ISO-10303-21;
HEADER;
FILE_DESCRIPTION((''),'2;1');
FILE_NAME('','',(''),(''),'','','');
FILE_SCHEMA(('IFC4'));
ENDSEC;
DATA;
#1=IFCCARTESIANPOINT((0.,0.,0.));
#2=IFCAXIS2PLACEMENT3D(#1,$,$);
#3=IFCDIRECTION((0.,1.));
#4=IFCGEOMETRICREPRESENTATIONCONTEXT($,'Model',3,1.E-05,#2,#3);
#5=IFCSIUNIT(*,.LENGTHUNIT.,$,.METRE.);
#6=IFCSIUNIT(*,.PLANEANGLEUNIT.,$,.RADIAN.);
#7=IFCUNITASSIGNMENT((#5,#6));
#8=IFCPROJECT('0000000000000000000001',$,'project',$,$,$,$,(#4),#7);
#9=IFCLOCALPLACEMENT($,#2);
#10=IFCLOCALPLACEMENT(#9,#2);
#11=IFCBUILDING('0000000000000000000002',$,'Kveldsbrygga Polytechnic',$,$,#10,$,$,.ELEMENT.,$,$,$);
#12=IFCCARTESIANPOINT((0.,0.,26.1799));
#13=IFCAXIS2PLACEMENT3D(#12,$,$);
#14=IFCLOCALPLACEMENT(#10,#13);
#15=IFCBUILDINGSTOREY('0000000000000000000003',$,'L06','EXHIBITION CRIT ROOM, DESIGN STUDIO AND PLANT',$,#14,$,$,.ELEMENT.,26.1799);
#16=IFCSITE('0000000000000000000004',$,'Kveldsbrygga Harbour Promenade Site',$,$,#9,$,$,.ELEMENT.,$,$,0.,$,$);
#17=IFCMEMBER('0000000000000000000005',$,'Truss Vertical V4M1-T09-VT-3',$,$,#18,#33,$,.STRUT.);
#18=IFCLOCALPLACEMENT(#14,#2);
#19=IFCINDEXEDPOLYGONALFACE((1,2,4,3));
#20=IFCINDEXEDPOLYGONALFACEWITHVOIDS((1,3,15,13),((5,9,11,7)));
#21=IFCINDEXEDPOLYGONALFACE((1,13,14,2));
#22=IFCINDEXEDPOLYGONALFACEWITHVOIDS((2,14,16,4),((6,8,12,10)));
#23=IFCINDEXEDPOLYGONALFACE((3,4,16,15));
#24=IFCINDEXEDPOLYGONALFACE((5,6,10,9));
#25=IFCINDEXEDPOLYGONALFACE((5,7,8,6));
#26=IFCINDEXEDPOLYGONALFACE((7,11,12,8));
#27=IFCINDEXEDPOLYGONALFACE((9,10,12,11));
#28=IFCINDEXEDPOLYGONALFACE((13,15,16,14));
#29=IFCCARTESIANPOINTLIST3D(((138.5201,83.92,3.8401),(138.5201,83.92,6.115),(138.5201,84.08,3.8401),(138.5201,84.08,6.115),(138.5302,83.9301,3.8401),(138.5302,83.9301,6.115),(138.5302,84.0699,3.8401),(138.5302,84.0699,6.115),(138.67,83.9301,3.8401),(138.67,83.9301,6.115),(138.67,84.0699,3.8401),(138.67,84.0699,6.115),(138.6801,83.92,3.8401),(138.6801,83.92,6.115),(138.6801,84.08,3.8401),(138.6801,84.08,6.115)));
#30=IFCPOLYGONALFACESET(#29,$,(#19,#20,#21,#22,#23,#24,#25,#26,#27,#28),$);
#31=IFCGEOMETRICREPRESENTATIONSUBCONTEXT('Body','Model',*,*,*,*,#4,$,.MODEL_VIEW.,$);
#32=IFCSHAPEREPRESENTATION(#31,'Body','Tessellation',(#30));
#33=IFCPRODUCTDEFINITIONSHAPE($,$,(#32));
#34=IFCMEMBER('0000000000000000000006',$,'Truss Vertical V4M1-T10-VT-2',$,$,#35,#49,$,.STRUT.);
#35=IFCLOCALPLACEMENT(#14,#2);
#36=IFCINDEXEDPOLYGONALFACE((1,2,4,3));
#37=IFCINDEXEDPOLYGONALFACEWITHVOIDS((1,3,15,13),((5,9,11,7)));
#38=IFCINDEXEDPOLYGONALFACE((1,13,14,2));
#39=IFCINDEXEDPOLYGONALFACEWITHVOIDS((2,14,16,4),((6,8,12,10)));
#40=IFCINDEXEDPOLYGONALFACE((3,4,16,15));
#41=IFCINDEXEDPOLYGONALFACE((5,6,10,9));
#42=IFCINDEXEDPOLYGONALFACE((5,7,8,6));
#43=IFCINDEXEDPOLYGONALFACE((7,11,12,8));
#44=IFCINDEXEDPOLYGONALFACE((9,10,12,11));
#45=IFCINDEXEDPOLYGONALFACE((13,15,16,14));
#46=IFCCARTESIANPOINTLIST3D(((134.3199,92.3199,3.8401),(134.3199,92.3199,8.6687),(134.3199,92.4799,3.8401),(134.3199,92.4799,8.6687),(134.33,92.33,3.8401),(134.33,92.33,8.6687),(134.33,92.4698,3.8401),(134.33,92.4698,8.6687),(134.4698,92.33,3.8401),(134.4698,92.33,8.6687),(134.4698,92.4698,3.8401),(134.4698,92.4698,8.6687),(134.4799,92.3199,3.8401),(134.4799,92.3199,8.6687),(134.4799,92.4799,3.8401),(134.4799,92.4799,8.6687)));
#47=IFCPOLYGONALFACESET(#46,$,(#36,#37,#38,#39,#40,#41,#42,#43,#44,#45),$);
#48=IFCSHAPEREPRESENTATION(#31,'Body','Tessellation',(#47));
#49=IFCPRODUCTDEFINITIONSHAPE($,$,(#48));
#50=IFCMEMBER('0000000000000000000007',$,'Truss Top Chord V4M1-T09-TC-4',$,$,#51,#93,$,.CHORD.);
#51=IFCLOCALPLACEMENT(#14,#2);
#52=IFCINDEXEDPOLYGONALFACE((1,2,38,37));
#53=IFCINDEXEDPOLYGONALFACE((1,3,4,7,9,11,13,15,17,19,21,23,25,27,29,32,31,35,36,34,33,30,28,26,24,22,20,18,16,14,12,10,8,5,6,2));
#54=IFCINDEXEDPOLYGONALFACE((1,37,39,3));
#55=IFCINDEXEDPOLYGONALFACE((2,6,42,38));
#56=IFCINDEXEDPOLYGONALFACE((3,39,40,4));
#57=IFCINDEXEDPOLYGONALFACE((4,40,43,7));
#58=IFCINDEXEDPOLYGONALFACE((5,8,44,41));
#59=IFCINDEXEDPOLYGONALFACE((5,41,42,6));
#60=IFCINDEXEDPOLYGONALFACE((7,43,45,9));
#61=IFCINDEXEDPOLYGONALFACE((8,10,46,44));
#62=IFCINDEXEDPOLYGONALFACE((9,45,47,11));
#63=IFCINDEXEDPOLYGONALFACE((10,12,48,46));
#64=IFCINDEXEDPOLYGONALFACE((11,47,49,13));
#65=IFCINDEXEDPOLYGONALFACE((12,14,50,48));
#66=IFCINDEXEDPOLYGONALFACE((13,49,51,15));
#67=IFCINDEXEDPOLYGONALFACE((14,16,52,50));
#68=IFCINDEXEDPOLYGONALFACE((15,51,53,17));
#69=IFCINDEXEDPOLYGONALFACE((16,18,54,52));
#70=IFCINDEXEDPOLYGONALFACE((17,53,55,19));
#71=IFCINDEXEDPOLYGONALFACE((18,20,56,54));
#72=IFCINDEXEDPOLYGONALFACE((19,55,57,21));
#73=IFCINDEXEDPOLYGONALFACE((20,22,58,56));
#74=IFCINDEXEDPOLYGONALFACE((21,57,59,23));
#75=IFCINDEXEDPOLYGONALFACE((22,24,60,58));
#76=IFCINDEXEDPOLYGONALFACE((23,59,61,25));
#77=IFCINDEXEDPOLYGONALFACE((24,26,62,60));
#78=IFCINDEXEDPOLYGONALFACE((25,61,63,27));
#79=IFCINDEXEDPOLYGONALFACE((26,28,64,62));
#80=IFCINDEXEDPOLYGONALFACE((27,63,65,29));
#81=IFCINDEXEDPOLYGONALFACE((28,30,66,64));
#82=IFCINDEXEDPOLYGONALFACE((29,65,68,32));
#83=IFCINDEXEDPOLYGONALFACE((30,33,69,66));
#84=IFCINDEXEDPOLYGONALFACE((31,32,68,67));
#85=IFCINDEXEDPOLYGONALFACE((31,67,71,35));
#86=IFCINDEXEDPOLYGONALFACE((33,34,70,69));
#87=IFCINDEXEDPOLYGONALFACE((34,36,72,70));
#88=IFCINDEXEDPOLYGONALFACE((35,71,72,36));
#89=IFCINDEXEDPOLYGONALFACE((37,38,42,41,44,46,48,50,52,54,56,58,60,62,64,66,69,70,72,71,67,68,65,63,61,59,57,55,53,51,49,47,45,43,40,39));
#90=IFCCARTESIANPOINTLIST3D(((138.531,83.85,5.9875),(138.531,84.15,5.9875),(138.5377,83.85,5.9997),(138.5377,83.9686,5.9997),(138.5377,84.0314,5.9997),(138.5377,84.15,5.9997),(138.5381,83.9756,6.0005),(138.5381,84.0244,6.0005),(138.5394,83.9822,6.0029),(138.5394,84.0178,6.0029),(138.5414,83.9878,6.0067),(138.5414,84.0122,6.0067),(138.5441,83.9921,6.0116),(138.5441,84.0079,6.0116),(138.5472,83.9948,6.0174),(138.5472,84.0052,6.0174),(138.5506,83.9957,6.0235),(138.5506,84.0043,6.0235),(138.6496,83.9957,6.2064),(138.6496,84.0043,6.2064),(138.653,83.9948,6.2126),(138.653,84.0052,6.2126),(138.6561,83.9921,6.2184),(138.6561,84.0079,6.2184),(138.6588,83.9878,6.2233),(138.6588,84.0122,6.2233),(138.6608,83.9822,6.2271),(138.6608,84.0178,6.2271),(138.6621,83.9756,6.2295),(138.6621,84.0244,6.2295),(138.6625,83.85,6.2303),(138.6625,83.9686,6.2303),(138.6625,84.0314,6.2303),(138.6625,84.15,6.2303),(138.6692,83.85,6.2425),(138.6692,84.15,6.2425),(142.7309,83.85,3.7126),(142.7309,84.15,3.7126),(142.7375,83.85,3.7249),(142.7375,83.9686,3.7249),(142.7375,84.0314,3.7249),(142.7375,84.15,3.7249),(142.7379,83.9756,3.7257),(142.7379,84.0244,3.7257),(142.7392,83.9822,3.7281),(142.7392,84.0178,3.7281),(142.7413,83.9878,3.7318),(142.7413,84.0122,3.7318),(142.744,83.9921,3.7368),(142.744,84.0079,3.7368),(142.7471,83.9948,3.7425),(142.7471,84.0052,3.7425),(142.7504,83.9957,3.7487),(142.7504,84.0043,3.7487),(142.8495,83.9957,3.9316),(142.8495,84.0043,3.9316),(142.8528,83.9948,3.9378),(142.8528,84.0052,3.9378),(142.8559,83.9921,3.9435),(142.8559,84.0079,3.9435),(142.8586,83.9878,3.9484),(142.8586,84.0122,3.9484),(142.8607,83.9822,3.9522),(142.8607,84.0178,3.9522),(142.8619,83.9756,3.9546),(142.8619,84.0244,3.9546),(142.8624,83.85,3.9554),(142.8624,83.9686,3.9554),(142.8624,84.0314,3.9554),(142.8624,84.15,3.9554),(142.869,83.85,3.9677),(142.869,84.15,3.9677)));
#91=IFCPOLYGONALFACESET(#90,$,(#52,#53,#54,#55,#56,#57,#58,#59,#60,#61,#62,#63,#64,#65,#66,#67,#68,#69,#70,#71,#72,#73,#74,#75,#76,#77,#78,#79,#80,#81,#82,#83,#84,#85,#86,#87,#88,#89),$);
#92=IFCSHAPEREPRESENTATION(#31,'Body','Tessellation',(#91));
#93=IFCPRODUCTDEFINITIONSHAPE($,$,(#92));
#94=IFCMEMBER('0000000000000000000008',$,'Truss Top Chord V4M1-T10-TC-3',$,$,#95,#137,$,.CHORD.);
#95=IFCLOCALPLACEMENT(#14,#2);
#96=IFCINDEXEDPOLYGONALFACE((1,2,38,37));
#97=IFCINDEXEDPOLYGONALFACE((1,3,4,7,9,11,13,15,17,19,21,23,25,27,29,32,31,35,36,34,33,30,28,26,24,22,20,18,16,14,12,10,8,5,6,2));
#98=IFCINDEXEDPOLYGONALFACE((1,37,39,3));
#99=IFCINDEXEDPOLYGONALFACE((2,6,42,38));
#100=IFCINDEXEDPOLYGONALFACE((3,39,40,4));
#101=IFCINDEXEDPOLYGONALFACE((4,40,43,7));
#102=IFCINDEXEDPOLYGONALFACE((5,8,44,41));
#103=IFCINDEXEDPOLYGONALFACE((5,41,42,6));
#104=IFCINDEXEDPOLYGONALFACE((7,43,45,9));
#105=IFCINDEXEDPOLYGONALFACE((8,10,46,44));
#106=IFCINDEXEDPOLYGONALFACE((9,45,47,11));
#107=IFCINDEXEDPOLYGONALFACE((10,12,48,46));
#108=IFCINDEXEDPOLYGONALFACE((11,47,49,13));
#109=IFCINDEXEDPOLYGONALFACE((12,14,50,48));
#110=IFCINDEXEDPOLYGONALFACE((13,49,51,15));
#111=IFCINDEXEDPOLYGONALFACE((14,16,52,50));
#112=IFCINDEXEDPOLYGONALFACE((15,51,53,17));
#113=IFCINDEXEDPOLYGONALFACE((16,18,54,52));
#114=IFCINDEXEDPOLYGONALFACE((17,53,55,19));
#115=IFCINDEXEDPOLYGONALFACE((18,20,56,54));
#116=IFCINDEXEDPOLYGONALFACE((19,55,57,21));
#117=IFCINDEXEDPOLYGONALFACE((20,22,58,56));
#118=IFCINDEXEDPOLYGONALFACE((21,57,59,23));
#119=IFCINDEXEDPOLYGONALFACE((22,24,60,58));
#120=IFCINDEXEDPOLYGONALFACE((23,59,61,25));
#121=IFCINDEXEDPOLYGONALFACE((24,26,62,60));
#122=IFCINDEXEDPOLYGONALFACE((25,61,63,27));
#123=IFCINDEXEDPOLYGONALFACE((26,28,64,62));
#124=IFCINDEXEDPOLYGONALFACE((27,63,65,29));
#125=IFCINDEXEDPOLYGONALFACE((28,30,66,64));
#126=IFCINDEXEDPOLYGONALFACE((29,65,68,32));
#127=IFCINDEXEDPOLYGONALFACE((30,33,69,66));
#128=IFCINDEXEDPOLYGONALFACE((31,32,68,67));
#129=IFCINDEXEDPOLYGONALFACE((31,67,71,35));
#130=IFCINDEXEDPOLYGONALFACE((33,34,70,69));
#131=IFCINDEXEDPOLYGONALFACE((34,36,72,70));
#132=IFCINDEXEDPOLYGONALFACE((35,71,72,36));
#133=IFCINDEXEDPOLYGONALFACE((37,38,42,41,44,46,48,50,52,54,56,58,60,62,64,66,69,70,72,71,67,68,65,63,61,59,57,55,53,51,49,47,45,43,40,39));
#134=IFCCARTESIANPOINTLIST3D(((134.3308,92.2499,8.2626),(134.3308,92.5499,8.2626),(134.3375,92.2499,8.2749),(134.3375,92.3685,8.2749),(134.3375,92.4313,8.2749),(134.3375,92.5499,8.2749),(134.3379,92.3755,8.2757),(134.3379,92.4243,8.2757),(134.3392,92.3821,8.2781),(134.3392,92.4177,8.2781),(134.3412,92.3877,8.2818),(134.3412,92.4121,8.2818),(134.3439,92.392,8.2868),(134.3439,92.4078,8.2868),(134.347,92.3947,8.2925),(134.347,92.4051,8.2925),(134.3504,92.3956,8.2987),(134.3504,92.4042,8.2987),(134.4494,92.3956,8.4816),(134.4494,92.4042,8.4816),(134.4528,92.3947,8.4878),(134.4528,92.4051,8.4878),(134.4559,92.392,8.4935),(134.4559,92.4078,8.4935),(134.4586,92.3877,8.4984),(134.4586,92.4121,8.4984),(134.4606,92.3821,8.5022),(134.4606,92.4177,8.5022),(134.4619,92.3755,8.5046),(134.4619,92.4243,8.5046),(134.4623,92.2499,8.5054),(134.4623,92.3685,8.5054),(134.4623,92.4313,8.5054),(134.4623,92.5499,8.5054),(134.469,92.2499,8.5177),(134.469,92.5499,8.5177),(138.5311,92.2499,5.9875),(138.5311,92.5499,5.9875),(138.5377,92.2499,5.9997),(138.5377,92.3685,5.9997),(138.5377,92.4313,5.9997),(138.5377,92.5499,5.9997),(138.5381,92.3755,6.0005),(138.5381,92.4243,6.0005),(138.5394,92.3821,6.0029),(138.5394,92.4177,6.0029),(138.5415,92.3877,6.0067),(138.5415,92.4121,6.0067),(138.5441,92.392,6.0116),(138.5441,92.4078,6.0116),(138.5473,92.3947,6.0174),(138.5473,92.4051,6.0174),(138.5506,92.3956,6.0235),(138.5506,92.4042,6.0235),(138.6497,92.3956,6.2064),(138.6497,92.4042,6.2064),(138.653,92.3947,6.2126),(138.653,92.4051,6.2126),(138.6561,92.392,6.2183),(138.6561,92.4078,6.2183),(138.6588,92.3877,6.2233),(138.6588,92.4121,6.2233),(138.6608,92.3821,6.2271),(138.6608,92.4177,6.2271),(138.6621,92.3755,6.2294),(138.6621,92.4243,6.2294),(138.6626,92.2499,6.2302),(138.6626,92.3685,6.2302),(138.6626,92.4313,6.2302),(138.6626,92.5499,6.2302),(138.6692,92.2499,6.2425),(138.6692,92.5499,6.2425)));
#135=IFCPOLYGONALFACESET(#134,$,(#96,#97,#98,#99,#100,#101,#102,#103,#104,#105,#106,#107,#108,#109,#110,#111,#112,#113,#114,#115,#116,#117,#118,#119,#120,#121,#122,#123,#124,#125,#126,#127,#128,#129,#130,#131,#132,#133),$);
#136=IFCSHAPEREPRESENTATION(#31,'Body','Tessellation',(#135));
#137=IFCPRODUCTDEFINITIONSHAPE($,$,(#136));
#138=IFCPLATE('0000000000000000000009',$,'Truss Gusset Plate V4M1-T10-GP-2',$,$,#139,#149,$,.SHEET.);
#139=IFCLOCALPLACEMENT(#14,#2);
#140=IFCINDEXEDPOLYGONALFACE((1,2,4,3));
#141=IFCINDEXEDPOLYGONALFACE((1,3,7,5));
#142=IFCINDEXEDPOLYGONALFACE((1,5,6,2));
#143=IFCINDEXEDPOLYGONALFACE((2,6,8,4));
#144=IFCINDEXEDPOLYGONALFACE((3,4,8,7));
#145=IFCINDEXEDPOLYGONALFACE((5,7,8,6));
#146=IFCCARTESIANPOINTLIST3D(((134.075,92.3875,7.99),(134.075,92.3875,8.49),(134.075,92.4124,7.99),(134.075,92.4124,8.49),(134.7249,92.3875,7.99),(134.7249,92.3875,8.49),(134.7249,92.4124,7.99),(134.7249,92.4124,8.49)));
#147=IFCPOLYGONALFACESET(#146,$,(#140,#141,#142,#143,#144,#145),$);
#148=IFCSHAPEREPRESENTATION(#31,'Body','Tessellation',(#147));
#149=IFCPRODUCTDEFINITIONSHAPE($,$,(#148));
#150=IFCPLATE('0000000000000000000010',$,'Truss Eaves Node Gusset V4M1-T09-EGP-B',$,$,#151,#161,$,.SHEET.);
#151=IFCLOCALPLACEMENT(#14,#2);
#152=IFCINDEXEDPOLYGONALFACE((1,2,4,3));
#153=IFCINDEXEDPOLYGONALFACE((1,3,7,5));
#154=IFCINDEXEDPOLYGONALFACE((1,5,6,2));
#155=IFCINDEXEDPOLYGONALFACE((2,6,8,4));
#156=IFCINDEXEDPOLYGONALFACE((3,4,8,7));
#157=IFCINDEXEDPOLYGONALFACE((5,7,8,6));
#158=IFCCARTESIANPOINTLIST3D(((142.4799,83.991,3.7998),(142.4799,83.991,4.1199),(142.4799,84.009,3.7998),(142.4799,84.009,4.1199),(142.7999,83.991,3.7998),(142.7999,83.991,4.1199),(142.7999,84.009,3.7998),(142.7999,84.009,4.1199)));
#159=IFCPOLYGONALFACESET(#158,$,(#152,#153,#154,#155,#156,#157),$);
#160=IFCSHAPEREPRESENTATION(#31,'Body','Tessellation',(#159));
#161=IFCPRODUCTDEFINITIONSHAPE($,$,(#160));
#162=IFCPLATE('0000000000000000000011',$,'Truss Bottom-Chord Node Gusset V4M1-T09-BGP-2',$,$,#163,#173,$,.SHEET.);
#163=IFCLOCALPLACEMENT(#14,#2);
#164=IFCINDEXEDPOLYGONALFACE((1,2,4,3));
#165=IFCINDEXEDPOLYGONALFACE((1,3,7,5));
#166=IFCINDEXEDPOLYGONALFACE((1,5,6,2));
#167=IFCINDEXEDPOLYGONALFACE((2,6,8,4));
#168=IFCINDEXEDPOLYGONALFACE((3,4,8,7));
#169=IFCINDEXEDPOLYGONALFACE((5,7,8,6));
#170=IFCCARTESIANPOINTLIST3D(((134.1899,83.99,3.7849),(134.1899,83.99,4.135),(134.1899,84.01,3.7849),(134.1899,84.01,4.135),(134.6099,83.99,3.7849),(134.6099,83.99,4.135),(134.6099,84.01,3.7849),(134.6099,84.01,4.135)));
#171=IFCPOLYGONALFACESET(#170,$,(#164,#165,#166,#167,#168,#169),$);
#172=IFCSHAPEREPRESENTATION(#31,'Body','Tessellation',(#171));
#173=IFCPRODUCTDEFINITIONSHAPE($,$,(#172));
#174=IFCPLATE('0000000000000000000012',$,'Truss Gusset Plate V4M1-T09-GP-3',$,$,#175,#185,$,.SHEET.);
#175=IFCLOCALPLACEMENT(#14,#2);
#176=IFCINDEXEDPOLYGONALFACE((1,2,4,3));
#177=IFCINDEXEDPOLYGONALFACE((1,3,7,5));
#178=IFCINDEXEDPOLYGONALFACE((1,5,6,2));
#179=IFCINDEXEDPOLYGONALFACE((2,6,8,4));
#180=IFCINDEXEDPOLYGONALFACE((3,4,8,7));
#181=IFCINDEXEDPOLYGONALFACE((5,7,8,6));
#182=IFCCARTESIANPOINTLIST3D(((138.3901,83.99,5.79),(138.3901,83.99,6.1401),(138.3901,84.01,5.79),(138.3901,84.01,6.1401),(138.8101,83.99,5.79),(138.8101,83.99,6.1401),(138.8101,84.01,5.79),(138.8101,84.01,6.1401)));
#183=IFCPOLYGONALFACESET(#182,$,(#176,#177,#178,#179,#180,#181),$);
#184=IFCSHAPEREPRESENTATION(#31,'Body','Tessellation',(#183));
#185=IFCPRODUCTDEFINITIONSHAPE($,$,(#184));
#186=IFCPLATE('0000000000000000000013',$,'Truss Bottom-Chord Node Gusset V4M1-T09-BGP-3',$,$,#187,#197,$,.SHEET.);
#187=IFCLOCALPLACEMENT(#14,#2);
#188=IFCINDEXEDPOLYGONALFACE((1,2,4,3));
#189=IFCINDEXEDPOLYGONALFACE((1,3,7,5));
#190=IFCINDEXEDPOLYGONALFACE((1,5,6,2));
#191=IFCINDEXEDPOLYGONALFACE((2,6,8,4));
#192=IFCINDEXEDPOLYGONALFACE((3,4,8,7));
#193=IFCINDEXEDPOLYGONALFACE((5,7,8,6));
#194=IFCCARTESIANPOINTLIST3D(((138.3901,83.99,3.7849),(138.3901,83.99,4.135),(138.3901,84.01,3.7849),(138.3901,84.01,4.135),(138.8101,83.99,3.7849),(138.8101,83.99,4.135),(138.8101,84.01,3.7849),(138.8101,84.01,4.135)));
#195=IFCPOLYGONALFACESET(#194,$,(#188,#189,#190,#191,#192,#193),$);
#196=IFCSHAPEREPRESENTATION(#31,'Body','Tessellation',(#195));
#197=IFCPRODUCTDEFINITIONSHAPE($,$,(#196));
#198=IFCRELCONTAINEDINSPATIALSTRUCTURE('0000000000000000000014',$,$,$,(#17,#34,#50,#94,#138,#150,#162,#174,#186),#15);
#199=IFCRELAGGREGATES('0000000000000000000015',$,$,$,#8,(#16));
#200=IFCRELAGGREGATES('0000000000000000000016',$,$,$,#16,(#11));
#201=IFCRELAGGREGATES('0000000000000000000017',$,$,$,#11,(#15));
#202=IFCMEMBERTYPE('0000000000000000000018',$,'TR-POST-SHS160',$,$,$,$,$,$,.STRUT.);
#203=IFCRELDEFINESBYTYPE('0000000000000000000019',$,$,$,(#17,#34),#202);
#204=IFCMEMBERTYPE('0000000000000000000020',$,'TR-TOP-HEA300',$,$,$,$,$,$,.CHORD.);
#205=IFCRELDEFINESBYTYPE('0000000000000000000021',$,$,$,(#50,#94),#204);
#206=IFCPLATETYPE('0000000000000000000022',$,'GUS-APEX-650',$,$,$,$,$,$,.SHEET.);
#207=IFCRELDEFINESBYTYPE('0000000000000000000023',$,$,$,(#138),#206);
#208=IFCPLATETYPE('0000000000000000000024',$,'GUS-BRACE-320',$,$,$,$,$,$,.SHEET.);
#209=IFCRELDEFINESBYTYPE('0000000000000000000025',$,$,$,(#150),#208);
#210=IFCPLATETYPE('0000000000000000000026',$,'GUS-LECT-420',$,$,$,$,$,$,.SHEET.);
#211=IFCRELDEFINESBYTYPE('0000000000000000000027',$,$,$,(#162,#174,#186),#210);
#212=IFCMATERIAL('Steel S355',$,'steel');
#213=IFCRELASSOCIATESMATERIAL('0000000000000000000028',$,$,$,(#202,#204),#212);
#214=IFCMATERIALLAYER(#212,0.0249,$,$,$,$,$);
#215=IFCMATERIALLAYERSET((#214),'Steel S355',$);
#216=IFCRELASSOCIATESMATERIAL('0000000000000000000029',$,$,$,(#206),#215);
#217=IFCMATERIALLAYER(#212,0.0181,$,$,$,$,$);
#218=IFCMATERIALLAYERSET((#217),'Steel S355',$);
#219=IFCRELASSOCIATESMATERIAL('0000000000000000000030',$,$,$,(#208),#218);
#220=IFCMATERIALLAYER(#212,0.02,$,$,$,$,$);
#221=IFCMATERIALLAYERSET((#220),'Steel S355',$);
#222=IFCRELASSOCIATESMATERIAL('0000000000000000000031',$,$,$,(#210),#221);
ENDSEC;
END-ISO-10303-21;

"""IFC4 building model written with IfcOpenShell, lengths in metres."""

from ifc_helpers import new_model, si_unit, direction, frame, origin, origin_2d, place, context, subcontext, project, spatial, rectangle, hollow_rectangle, i_section, extrude, material, layer, layer_set, material_profile, profile_set, type_object, element, save


model = new_model("IFC4")

# Units and contexts
model_context = context("Model", 3, precision=1e-05, world=origin(), true_north=direction((0.0, 1.0)))
body_context = subcontext(model_context, "Body", "Model", "MODEL_VIEW")
ifc_project = project(units=[si_unit("LENGTHUNIT", "METRE"), si_unit("PLANEANGLEUNIT", "RADIAN")], contexts=[model_context])

# Site, building, storey
site_placement = place(None, origin())
site = spatial("IfcSite", under=ifc_project, at=site_placement, Name="Kveldsbrygga Harbour Promenade Site", CompositionType="ELEMENT", RefElevation=0.0)
building_placement = place(site_placement, origin())
building = spatial("IfcBuilding", under=site, at=building_placement, Name="Kveldsbrygga Polytechnic", CompositionType="ELEMENT")
storey_placement = place(building_placement, frame((0.0, 0.0, 26.1799)))
storey = spatial("IfcBuildingStorey", under=building, at=storey_placement, Name="L06", Description="EXHIBITION CRIT ROOM, DESIGN STUDIO AND PLANT", CompositionType="ELEMENT", Elevation=26.1799)

# Shared definitions
ifc_material_1 = material(Name="Steel S355", Category="steel")

# Members
ifc_material_profile_1 = material_profile(ifc_material_1, hollow_rectangle(XDim=0.1599, YDim=0.1599, WallThickness=0.01, at=origin_2d()), Name="SHS 160x160x10.0")
ifc_profile_set_1 = profile_set([ifc_material_profile_1], Name="Steel S355")
member_type_1 = type_object("IfcMemberType", Name="TR-POST-SHS160", PredefinedType="STRUT", material=ifc_profile_set_1)
member_1_placement = place(storey_placement, frame((138.6001, 84.0, 3.8401), z_axis=(0.0, 0.0, 1.0), x_axis=(1.0, 0.0, 0.0)))
element("IfcMember", 1, at=member_1_placement, inside=storey, type_object=member_type_1, Name="Truss Vertical V4M1-T09-VT-3", PredefinedType="STRUT", context=body_context, shape_type="SweptSolid", body=[
    extrude(hollow_rectangle(XDim=0.1599, YDim=0.1599, WallThickness=0.01, at=origin_2d()), origin(), (0.0, 0.0, 1.0), 2.2749),
])
member_2_placement = place(storey_placement, frame((134.3999, 92.3999, 3.8401), z_axis=(0.0, 0.0, 1.0), x_axis=(1.0, 0.0, 0.0)))
element("IfcMember", 2, at=member_2_placement, inside=storey, type_object=member_type_1, Name="Truss Vertical V4M1-T10-VT-2", PredefinedType="STRUT", context=body_context, shape_type="SweptSolid", body=[
    extrude(hollow_rectangle(XDim=0.1599, YDim=0.1599, WallThickness=0.01, at=origin_2d()), origin(), (0.0, 0.0, 1.0), 4.8286),
])
ifc_material_profile_2 = material_profile(ifc_material_1, i_section(OverallWidth=0.3, OverallDepth=0.29, WebThickness=0.0085, FlangeThickness=0.0139, FilletRadius=0.0271, at=origin_2d()), Name="HEA 300")
ifc_profile_set_2 = profile_set([ifc_material_profile_2], Name="Steel S355")
member_type_2 = type_object("IfcMemberType", Name="TR-TOP-HEA300", PredefinedType="CHORD", material=ifc_profile_set_2)
member_3_placement = place(storey_placement, frame((138.6001, 84.0, 6.115), z_axis=(0.879298, 0.0, -0.476272), x_axis=(0.0, 1.0, 0.0)))
element("IfcMember", 3, at=member_3_placement, inside=storey, type_object=member_type_2, Name="Truss Top Chord V4M1-T09-TC-4", PredefinedType="CHORD", context=body_context, shape_type="SweptSolid", body=[
    extrude(i_section(OverallWidth=0.3, OverallDepth=0.29, WebThickness=0.0085, FlangeThickness=0.0139, FilletRadius=0.0271, at=origin_2d()), origin(), (0.0, 0.0, 1.0), 4.7764),
])
member_4_placement = place(storey_placement, frame((134.3999, 92.3999, 8.3901), z_axis=(0.879288, 0.0, -0.47629), x_axis=(0.0, 1.0, 0.0)))
element("IfcMember", 4, at=member_4_placement, inside=storey, type_object=member_type_2, Name="Truss Top Chord V4M1-T10-TC-3", PredefinedType="CHORD", context=body_context, shape_type="SweptSolid", body=[
    extrude(i_section(OverallWidth=0.3, OverallDepth=0.29, WebThickness=0.0085, FlangeThickness=0.0139, FilletRadius=0.0271, at=origin_2d()), origin(), (0.0, 0.0, 1.0), 4.7769),
])

# Plates
ifc_layer_1 = layer(ifc_material_1, 0.0249)
ifc_layer_set_1 = layer_set([ifc_layer_1], Name="Steel S355")
plate_type_1 = type_object("IfcPlateType", Name="GUS-APEX-650", PredefinedType="SHEET", material=ifc_layer_set_1)
plate_1_placement = place(storey_placement, frame((134.3999, 92.3999, 7.99), z_axis=(0.0, 0.0, 1.0), x_axis=(1.0, 0.0, 0.0)))
element("IfcPlate", 5, at=plate_1_placement, inside=storey, type_object=plate_type_1, Name="Truss Gusset Plate V4M1-T10-GP-2", PredefinedType="SHEET", context=body_context, shape_type="SweptSolid", body=[
    extrude(rectangle(XDim=0.6499, YDim=0.0249, at=origin_2d()), origin(), (0.0, 0.0, 1.0), 0.5),
])
ifc_layer_2 = layer(ifc_material_1, 0.0181)
ifc_layer_set_2 = layer_set([ifc_layer_2], Name="Steel S355")
plate_type_2 = type_object("IfcPlateType", Name="GUS-BRACE-320", PredefinedType="SHEET", material=ifc_layer_set_2)
plate_2_placement = place(storey_placement, frame((142.6399, 84.0, 3.7998), z_axis=(0.0, 0.0, 1.0), x_axis=(1.0, 0.0, 0.0)))
element("IfcPlate", 6, at=plate_2_placement, inside=storey, type_object=plate_type_2, Name="Truss Eaves Node Gusset V4M1-T09-EGP-B", PredefinedType="SHEET", context=body_context, shape_type="SweptSolid", body=[
    extrude(rectangle(XDim=0.3201, YDim=0.0181, at=origin_2d()), origin(), (0.0, 0.0, 1.0), 0.3201),
])
ifc_layer_3 = layer(ifc_material_1, 0.02)
ifc_layer_set_3 = layer_set([ifc_layer_3], Name="Steel S355")
plate_type_3 = type_object("IfcPlateType", Name="GUS-LECT-420", PredefinedType="SHEET", material=ifc_layer_set_3)
for number, where, z_axis, x_axis, name in (
    (7, (134.3999, 84.0, 3.7849), (0.0, 0.0, 1.0), (1.0, 0.0, 0.0), "Truss Bottom-Chord Node Gusset V4M1-T09-BGP-2"),
    (8, (138.6001, 84.0, 5.79), (0.0, 0.0, 1.0), (1.0, 0.0, 0.0), "Truss Gusset Plate V4M1-T09-GP-3"),
    (9, (138.6001, 84.0, 3.7849), (0.0, 0.0, 1.0), (1.0, 0.0, 0.0), "Truss Bottom-Chord Node Gusset V4M1-T09-BGP-3"),
):
    element("IfcPlate", number, at=place(storey_placement, frame(where, z_axis=z_axis, x_axis=x_axis)), inside=storey, type_object=plate_type_3, Name=name, PredefinedType="SHEET", context=body_context, shape_type="SweptSolid", body=[
        extrude(rectangle(XDim=0.4199, YDim=0.02, at=origin_2d()), origin(), (0.0, 0.0, 1.0), 0.3501),
    ])

save(model, "model.ifc")
